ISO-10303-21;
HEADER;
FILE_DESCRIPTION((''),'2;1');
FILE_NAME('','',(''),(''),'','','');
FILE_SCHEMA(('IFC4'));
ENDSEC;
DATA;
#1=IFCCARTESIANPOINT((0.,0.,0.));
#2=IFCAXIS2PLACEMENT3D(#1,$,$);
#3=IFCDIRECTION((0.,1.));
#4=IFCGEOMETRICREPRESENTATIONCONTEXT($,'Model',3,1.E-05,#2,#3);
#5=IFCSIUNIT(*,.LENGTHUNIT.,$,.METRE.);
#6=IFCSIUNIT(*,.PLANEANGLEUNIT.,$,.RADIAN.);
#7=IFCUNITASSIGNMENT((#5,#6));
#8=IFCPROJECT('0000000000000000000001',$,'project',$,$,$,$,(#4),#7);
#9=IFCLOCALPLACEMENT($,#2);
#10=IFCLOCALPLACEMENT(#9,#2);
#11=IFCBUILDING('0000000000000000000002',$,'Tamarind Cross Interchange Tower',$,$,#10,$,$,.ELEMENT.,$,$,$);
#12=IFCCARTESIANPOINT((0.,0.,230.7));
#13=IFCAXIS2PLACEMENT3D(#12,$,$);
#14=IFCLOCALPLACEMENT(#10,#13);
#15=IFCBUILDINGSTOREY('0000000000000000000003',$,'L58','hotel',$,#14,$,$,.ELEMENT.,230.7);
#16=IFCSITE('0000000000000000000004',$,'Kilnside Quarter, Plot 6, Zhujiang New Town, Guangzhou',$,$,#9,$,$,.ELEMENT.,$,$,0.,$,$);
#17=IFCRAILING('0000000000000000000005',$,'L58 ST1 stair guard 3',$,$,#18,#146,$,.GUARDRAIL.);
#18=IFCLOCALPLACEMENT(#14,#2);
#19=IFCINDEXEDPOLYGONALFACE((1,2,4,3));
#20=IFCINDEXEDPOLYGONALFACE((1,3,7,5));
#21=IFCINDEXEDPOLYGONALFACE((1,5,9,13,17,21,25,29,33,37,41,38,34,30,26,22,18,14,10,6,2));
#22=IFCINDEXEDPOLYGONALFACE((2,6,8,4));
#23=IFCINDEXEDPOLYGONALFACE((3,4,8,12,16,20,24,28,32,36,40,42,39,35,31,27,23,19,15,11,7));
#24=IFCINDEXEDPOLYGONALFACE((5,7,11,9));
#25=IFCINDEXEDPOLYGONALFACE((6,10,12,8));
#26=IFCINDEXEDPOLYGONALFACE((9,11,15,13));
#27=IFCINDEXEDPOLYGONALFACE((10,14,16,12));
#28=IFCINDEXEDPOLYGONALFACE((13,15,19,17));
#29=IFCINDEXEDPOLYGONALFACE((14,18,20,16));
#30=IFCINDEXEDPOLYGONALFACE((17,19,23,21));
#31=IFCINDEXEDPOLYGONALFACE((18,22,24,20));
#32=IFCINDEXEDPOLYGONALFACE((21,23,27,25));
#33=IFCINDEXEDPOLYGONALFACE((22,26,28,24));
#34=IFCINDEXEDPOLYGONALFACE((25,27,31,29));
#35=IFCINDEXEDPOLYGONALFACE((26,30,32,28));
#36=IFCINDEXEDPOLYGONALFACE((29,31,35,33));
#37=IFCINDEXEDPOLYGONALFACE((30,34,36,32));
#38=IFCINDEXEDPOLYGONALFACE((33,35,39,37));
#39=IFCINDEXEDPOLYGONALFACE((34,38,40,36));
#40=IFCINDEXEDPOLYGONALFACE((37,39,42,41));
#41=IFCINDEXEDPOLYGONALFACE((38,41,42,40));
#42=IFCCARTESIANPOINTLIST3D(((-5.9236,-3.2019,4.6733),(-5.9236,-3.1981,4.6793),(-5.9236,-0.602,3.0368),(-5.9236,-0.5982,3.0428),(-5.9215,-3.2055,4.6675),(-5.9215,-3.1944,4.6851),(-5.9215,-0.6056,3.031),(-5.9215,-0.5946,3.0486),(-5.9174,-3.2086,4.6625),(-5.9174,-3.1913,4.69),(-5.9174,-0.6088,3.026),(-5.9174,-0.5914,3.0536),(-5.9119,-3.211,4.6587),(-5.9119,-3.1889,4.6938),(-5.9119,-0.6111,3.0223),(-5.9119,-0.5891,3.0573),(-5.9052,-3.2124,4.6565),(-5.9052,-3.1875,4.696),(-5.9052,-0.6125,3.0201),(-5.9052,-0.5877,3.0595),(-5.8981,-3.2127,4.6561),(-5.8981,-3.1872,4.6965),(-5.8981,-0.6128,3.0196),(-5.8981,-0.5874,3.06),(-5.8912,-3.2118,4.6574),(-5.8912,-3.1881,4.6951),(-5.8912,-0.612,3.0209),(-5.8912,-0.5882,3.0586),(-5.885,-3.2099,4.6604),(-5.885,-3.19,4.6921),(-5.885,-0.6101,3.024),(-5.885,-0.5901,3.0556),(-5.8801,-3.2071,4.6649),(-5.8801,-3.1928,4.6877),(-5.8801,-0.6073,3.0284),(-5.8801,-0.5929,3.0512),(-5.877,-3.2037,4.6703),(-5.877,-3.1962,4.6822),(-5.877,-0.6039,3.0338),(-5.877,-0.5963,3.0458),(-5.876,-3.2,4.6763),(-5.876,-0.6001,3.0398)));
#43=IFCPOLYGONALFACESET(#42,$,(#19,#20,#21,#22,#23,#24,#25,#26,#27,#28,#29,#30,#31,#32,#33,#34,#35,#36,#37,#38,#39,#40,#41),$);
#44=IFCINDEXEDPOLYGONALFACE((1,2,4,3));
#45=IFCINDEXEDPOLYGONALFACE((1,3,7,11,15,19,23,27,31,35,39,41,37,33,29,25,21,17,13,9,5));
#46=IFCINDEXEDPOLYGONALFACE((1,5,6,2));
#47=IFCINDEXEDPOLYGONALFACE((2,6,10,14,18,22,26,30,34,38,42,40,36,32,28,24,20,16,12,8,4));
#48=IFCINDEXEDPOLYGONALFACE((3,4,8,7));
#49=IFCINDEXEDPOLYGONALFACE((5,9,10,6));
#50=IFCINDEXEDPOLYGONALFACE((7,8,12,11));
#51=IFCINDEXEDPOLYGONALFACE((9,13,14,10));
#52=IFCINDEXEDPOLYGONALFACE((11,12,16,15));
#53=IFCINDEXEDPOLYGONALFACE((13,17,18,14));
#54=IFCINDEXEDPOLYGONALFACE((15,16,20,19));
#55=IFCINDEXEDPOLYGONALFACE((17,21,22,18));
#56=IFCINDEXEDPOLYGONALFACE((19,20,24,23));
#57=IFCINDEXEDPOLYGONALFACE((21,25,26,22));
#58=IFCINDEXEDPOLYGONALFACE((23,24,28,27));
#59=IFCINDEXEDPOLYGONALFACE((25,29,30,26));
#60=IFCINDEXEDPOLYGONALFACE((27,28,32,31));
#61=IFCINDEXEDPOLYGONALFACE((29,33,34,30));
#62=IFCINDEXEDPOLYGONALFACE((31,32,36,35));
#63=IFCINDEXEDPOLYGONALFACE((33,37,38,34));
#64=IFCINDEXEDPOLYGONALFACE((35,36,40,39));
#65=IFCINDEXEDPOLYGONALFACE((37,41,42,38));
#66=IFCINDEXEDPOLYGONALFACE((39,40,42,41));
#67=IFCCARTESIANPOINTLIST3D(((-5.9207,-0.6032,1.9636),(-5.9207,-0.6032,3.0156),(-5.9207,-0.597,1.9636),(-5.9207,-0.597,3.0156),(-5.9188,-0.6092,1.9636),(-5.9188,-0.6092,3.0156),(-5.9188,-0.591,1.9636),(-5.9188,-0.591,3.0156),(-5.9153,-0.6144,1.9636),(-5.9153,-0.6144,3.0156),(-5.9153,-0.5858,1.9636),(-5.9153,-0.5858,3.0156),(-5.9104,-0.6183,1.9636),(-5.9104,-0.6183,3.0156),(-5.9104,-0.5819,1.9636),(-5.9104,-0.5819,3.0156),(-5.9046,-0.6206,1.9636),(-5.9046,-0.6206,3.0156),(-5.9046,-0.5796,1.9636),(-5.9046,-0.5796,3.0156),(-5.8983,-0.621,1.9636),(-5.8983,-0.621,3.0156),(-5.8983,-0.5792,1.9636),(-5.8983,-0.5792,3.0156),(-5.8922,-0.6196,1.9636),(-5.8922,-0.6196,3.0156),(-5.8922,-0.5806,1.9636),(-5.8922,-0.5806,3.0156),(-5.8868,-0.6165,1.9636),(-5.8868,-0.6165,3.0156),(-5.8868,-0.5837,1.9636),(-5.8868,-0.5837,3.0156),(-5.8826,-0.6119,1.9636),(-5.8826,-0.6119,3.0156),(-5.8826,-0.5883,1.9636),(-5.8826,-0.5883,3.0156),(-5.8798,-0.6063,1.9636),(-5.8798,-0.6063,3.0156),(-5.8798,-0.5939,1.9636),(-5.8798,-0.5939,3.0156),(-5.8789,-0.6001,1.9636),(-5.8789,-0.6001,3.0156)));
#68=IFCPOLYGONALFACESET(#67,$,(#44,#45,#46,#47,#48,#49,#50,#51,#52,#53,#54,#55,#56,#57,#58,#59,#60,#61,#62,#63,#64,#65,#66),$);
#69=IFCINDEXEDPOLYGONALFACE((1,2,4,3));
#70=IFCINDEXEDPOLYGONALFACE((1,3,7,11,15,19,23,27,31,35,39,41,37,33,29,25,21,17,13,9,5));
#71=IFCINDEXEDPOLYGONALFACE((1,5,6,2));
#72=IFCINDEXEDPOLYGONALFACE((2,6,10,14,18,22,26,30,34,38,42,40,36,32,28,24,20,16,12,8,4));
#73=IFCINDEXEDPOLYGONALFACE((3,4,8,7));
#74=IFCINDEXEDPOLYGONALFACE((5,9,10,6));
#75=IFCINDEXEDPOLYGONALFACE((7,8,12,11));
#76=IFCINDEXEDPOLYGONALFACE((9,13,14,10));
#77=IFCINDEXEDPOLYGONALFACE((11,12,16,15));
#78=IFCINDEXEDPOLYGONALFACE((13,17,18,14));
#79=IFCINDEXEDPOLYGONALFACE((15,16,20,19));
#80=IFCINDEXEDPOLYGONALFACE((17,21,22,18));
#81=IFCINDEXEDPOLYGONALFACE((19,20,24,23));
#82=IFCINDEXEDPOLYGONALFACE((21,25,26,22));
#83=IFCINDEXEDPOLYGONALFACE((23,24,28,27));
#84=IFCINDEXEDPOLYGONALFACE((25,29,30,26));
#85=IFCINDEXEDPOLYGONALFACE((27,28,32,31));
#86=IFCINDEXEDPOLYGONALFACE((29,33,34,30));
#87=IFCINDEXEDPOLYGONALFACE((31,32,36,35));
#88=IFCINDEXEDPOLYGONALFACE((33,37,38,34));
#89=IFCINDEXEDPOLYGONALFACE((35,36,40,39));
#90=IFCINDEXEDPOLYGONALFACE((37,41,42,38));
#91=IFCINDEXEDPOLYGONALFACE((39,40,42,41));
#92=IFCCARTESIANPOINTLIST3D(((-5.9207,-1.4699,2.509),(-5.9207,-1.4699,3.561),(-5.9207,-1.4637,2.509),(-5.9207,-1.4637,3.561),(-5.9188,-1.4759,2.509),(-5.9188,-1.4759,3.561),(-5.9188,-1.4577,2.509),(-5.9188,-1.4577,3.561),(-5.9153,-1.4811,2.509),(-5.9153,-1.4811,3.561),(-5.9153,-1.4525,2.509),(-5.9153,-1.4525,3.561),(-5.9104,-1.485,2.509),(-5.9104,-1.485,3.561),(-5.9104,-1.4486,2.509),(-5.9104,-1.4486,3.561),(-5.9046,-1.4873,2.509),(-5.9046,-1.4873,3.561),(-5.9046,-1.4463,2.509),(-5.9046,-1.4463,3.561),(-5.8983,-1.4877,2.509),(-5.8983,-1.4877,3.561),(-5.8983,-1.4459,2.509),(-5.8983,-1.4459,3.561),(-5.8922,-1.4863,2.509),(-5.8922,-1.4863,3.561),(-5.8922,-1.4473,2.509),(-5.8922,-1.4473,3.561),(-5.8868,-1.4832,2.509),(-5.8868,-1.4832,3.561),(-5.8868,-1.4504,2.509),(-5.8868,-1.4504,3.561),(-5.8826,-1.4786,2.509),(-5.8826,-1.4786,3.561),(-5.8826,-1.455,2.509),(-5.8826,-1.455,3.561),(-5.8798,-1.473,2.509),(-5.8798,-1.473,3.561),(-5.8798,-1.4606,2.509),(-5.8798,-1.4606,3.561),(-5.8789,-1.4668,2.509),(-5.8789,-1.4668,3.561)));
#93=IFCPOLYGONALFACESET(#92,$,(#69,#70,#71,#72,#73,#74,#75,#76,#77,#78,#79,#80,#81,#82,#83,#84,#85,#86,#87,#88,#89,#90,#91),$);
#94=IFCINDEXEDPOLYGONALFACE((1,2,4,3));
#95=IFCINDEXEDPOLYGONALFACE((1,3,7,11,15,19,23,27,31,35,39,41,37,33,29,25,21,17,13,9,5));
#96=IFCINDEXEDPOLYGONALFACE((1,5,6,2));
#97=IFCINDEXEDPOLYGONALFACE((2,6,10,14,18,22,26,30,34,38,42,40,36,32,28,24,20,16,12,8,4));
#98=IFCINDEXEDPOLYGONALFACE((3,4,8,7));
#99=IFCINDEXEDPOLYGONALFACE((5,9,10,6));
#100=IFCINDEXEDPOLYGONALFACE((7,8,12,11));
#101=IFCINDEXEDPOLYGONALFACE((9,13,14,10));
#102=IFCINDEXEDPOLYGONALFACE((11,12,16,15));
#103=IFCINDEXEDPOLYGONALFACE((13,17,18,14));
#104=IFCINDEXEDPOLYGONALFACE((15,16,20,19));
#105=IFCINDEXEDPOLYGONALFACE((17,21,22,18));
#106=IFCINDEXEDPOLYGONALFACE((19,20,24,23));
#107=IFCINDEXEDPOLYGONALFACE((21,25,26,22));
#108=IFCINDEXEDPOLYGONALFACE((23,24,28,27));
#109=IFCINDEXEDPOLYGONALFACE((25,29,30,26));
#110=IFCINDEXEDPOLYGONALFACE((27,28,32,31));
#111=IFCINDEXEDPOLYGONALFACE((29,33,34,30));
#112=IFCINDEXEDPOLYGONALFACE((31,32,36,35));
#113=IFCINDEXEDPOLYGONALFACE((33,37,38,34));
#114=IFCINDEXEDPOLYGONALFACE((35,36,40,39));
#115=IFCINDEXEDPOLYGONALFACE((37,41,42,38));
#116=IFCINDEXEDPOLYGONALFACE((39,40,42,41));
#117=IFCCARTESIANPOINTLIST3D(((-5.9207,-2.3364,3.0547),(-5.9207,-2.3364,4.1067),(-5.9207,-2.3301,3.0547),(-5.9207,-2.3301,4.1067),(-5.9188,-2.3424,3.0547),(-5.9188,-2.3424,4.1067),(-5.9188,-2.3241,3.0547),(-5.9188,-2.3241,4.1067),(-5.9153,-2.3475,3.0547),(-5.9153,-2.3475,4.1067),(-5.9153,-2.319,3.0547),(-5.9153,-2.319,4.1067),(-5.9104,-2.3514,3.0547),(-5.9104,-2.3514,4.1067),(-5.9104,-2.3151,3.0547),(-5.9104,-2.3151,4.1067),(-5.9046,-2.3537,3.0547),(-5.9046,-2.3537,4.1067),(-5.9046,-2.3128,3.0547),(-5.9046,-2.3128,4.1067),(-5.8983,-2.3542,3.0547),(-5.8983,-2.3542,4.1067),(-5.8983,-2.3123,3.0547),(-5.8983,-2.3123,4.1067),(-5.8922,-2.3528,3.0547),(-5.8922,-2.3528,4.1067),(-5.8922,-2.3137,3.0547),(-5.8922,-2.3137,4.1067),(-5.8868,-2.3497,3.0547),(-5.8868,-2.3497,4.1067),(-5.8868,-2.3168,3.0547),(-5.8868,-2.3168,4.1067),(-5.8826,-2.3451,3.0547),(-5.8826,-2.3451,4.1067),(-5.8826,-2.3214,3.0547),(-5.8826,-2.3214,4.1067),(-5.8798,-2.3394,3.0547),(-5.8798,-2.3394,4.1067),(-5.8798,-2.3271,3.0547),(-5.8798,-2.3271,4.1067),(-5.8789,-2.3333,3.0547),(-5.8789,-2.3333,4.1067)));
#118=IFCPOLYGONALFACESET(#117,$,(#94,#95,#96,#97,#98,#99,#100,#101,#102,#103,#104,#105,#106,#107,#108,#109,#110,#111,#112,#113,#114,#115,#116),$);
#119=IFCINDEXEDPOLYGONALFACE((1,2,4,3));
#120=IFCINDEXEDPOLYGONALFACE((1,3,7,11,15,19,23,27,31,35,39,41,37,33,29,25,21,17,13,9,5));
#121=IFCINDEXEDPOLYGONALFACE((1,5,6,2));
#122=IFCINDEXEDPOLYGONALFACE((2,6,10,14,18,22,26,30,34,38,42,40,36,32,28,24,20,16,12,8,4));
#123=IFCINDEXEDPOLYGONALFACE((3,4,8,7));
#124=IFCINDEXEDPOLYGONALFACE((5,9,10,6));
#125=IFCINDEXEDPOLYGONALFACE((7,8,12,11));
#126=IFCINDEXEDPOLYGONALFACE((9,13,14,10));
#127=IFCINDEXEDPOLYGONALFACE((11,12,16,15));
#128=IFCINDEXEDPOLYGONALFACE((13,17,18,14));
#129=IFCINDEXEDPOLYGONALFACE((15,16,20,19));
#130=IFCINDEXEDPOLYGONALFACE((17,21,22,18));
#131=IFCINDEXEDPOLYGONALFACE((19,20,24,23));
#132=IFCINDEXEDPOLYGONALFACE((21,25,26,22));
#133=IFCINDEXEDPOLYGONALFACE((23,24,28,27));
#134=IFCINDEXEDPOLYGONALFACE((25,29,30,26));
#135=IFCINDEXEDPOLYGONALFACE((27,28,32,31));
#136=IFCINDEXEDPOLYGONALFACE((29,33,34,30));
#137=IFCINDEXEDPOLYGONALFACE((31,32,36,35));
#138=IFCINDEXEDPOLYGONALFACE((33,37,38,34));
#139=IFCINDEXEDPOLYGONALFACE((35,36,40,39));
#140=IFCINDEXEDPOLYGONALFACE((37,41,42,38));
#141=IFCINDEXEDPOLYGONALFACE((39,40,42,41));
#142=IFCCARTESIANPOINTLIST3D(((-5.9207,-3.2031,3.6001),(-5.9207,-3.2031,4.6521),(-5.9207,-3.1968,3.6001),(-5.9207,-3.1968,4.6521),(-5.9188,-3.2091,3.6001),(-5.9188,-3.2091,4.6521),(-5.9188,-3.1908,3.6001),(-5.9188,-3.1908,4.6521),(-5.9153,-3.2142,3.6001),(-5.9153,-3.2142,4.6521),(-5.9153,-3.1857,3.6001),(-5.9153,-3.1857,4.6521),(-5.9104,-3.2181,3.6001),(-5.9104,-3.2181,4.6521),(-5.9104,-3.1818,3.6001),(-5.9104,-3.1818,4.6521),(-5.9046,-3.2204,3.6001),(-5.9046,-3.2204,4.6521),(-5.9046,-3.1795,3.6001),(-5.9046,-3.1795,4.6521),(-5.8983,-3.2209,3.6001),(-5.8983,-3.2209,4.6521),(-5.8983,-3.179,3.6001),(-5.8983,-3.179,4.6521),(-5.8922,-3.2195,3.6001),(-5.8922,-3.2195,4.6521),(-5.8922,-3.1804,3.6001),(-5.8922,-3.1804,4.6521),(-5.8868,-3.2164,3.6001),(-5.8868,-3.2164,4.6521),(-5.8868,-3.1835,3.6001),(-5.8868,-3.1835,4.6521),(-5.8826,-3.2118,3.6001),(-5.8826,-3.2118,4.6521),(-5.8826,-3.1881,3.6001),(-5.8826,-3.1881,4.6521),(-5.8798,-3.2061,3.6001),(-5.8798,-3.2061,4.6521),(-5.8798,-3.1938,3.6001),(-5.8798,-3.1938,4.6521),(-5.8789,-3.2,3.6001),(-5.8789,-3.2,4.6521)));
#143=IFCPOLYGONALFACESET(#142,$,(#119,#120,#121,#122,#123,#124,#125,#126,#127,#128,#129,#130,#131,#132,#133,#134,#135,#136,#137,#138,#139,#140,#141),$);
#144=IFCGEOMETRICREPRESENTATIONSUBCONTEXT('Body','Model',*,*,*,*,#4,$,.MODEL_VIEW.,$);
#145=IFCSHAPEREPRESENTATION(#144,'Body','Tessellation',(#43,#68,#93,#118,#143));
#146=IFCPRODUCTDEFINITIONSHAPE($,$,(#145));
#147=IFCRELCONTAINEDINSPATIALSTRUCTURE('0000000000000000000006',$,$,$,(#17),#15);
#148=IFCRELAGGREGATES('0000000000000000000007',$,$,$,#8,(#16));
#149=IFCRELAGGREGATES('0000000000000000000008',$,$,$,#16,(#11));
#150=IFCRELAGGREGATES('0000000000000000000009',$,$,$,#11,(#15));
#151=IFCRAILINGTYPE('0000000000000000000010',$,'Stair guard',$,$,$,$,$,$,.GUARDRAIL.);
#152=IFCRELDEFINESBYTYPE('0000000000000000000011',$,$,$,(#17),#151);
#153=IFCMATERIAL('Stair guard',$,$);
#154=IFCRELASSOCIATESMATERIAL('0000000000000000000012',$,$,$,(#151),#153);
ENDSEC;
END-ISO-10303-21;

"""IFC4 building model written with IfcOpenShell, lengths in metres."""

from ifc_helpers import new_model, si_unit, direction, frame, origin, origin_2d, place, context, subcontext, project, spatial, circle, extrude, material, type_object, element, save


model = new_model("IFC4")

# Units and contexts
model_context = context("Model", 3, precision=1e-05, world=origin(), true_north=direction((0.0, 1.0)))
body_context = subcontext(model_context, "Body", "Model", "MODEL_VIEW")
ifc_project = project(units=[si_unit("LENGTHUNIT", "METRE"), si_unit("PLANEANGLEUNIT", "RADIAN")], contexts=[model_context])

# Site, building, storey
site_placement = place(None, origin())
site = spatial("IfcSite", under=ifc_project, at=site_placement, Name="Kilnside Quarter, Plot 6, Zhujiang New Town, Guangzhou", CompositionType="ELEMENT", RefElevation=0.0)
building_placement = place(site_placement, origin())
building = spatial("IfcBuilding", under=site, at=building_placement, Name="Tamarind Cross Interchange Tower", CompositionType="ELEMENT")
storey_placement = place(building_placement, frame((0.0, 0.0, 230.7)))
storey = spatial("IfcBuildingStorey", under=building, at=storey_placement, Name="L58", Description="hotel", CompositionType="ELEMENT", Elevation=230.7)

# Railing
ifc_material_1 = material(Name="Stair guard")
railing_type_1 = type_object("IfcRailingType", Name="Stair guard", PredefinedType="GUARDRAIL", material=ifc_material_1)
railing_1_placement = place(storey_placement, frame((-5.8999, -0.6001, 1.9636)))
element("IfcRailing", 1, at=railing_1_placement, inside=storey, type_object=railing_type_1, Name="L58 ST1 stair guard 3", PredefinedType="GUARDRAIL", context=body_context, shape_type="SweptSolid", body=[
    extrude(circle(Radius=0.0239, at=origin_2d()), frame((0.0, 0.0, 1.0762), z_axis=(0.0, -0.846302, 0.532704), x_axis=(1.0, 0.0, 0.0)), (0.0, 0.0, 1.0), 3.072),
    extrude(circle(Radius=0.021, at=origin_2d()), origin(), (0.0, 0.0, 1.0), 1.052),
    extrude(circle(Radius=0.021, at=origin_2d()), frame((0.0, -0.8667, 0.5454)), (0.0, 0.0, 1.0), 1.052),
    extrude(circle(Radius=0.021, at=origin_2d()), frame((0.0, -1.7332, 1.0911)), (0.0, 0.0, 1.0), 1.052),
    extrude(circle(Radius=0.021, at=origin_2d()), frame((0.0, -2.5999, 1.6365)), (0.0, 0.0, 1.0), 1.052),
])

save(model, "model.ifc")
